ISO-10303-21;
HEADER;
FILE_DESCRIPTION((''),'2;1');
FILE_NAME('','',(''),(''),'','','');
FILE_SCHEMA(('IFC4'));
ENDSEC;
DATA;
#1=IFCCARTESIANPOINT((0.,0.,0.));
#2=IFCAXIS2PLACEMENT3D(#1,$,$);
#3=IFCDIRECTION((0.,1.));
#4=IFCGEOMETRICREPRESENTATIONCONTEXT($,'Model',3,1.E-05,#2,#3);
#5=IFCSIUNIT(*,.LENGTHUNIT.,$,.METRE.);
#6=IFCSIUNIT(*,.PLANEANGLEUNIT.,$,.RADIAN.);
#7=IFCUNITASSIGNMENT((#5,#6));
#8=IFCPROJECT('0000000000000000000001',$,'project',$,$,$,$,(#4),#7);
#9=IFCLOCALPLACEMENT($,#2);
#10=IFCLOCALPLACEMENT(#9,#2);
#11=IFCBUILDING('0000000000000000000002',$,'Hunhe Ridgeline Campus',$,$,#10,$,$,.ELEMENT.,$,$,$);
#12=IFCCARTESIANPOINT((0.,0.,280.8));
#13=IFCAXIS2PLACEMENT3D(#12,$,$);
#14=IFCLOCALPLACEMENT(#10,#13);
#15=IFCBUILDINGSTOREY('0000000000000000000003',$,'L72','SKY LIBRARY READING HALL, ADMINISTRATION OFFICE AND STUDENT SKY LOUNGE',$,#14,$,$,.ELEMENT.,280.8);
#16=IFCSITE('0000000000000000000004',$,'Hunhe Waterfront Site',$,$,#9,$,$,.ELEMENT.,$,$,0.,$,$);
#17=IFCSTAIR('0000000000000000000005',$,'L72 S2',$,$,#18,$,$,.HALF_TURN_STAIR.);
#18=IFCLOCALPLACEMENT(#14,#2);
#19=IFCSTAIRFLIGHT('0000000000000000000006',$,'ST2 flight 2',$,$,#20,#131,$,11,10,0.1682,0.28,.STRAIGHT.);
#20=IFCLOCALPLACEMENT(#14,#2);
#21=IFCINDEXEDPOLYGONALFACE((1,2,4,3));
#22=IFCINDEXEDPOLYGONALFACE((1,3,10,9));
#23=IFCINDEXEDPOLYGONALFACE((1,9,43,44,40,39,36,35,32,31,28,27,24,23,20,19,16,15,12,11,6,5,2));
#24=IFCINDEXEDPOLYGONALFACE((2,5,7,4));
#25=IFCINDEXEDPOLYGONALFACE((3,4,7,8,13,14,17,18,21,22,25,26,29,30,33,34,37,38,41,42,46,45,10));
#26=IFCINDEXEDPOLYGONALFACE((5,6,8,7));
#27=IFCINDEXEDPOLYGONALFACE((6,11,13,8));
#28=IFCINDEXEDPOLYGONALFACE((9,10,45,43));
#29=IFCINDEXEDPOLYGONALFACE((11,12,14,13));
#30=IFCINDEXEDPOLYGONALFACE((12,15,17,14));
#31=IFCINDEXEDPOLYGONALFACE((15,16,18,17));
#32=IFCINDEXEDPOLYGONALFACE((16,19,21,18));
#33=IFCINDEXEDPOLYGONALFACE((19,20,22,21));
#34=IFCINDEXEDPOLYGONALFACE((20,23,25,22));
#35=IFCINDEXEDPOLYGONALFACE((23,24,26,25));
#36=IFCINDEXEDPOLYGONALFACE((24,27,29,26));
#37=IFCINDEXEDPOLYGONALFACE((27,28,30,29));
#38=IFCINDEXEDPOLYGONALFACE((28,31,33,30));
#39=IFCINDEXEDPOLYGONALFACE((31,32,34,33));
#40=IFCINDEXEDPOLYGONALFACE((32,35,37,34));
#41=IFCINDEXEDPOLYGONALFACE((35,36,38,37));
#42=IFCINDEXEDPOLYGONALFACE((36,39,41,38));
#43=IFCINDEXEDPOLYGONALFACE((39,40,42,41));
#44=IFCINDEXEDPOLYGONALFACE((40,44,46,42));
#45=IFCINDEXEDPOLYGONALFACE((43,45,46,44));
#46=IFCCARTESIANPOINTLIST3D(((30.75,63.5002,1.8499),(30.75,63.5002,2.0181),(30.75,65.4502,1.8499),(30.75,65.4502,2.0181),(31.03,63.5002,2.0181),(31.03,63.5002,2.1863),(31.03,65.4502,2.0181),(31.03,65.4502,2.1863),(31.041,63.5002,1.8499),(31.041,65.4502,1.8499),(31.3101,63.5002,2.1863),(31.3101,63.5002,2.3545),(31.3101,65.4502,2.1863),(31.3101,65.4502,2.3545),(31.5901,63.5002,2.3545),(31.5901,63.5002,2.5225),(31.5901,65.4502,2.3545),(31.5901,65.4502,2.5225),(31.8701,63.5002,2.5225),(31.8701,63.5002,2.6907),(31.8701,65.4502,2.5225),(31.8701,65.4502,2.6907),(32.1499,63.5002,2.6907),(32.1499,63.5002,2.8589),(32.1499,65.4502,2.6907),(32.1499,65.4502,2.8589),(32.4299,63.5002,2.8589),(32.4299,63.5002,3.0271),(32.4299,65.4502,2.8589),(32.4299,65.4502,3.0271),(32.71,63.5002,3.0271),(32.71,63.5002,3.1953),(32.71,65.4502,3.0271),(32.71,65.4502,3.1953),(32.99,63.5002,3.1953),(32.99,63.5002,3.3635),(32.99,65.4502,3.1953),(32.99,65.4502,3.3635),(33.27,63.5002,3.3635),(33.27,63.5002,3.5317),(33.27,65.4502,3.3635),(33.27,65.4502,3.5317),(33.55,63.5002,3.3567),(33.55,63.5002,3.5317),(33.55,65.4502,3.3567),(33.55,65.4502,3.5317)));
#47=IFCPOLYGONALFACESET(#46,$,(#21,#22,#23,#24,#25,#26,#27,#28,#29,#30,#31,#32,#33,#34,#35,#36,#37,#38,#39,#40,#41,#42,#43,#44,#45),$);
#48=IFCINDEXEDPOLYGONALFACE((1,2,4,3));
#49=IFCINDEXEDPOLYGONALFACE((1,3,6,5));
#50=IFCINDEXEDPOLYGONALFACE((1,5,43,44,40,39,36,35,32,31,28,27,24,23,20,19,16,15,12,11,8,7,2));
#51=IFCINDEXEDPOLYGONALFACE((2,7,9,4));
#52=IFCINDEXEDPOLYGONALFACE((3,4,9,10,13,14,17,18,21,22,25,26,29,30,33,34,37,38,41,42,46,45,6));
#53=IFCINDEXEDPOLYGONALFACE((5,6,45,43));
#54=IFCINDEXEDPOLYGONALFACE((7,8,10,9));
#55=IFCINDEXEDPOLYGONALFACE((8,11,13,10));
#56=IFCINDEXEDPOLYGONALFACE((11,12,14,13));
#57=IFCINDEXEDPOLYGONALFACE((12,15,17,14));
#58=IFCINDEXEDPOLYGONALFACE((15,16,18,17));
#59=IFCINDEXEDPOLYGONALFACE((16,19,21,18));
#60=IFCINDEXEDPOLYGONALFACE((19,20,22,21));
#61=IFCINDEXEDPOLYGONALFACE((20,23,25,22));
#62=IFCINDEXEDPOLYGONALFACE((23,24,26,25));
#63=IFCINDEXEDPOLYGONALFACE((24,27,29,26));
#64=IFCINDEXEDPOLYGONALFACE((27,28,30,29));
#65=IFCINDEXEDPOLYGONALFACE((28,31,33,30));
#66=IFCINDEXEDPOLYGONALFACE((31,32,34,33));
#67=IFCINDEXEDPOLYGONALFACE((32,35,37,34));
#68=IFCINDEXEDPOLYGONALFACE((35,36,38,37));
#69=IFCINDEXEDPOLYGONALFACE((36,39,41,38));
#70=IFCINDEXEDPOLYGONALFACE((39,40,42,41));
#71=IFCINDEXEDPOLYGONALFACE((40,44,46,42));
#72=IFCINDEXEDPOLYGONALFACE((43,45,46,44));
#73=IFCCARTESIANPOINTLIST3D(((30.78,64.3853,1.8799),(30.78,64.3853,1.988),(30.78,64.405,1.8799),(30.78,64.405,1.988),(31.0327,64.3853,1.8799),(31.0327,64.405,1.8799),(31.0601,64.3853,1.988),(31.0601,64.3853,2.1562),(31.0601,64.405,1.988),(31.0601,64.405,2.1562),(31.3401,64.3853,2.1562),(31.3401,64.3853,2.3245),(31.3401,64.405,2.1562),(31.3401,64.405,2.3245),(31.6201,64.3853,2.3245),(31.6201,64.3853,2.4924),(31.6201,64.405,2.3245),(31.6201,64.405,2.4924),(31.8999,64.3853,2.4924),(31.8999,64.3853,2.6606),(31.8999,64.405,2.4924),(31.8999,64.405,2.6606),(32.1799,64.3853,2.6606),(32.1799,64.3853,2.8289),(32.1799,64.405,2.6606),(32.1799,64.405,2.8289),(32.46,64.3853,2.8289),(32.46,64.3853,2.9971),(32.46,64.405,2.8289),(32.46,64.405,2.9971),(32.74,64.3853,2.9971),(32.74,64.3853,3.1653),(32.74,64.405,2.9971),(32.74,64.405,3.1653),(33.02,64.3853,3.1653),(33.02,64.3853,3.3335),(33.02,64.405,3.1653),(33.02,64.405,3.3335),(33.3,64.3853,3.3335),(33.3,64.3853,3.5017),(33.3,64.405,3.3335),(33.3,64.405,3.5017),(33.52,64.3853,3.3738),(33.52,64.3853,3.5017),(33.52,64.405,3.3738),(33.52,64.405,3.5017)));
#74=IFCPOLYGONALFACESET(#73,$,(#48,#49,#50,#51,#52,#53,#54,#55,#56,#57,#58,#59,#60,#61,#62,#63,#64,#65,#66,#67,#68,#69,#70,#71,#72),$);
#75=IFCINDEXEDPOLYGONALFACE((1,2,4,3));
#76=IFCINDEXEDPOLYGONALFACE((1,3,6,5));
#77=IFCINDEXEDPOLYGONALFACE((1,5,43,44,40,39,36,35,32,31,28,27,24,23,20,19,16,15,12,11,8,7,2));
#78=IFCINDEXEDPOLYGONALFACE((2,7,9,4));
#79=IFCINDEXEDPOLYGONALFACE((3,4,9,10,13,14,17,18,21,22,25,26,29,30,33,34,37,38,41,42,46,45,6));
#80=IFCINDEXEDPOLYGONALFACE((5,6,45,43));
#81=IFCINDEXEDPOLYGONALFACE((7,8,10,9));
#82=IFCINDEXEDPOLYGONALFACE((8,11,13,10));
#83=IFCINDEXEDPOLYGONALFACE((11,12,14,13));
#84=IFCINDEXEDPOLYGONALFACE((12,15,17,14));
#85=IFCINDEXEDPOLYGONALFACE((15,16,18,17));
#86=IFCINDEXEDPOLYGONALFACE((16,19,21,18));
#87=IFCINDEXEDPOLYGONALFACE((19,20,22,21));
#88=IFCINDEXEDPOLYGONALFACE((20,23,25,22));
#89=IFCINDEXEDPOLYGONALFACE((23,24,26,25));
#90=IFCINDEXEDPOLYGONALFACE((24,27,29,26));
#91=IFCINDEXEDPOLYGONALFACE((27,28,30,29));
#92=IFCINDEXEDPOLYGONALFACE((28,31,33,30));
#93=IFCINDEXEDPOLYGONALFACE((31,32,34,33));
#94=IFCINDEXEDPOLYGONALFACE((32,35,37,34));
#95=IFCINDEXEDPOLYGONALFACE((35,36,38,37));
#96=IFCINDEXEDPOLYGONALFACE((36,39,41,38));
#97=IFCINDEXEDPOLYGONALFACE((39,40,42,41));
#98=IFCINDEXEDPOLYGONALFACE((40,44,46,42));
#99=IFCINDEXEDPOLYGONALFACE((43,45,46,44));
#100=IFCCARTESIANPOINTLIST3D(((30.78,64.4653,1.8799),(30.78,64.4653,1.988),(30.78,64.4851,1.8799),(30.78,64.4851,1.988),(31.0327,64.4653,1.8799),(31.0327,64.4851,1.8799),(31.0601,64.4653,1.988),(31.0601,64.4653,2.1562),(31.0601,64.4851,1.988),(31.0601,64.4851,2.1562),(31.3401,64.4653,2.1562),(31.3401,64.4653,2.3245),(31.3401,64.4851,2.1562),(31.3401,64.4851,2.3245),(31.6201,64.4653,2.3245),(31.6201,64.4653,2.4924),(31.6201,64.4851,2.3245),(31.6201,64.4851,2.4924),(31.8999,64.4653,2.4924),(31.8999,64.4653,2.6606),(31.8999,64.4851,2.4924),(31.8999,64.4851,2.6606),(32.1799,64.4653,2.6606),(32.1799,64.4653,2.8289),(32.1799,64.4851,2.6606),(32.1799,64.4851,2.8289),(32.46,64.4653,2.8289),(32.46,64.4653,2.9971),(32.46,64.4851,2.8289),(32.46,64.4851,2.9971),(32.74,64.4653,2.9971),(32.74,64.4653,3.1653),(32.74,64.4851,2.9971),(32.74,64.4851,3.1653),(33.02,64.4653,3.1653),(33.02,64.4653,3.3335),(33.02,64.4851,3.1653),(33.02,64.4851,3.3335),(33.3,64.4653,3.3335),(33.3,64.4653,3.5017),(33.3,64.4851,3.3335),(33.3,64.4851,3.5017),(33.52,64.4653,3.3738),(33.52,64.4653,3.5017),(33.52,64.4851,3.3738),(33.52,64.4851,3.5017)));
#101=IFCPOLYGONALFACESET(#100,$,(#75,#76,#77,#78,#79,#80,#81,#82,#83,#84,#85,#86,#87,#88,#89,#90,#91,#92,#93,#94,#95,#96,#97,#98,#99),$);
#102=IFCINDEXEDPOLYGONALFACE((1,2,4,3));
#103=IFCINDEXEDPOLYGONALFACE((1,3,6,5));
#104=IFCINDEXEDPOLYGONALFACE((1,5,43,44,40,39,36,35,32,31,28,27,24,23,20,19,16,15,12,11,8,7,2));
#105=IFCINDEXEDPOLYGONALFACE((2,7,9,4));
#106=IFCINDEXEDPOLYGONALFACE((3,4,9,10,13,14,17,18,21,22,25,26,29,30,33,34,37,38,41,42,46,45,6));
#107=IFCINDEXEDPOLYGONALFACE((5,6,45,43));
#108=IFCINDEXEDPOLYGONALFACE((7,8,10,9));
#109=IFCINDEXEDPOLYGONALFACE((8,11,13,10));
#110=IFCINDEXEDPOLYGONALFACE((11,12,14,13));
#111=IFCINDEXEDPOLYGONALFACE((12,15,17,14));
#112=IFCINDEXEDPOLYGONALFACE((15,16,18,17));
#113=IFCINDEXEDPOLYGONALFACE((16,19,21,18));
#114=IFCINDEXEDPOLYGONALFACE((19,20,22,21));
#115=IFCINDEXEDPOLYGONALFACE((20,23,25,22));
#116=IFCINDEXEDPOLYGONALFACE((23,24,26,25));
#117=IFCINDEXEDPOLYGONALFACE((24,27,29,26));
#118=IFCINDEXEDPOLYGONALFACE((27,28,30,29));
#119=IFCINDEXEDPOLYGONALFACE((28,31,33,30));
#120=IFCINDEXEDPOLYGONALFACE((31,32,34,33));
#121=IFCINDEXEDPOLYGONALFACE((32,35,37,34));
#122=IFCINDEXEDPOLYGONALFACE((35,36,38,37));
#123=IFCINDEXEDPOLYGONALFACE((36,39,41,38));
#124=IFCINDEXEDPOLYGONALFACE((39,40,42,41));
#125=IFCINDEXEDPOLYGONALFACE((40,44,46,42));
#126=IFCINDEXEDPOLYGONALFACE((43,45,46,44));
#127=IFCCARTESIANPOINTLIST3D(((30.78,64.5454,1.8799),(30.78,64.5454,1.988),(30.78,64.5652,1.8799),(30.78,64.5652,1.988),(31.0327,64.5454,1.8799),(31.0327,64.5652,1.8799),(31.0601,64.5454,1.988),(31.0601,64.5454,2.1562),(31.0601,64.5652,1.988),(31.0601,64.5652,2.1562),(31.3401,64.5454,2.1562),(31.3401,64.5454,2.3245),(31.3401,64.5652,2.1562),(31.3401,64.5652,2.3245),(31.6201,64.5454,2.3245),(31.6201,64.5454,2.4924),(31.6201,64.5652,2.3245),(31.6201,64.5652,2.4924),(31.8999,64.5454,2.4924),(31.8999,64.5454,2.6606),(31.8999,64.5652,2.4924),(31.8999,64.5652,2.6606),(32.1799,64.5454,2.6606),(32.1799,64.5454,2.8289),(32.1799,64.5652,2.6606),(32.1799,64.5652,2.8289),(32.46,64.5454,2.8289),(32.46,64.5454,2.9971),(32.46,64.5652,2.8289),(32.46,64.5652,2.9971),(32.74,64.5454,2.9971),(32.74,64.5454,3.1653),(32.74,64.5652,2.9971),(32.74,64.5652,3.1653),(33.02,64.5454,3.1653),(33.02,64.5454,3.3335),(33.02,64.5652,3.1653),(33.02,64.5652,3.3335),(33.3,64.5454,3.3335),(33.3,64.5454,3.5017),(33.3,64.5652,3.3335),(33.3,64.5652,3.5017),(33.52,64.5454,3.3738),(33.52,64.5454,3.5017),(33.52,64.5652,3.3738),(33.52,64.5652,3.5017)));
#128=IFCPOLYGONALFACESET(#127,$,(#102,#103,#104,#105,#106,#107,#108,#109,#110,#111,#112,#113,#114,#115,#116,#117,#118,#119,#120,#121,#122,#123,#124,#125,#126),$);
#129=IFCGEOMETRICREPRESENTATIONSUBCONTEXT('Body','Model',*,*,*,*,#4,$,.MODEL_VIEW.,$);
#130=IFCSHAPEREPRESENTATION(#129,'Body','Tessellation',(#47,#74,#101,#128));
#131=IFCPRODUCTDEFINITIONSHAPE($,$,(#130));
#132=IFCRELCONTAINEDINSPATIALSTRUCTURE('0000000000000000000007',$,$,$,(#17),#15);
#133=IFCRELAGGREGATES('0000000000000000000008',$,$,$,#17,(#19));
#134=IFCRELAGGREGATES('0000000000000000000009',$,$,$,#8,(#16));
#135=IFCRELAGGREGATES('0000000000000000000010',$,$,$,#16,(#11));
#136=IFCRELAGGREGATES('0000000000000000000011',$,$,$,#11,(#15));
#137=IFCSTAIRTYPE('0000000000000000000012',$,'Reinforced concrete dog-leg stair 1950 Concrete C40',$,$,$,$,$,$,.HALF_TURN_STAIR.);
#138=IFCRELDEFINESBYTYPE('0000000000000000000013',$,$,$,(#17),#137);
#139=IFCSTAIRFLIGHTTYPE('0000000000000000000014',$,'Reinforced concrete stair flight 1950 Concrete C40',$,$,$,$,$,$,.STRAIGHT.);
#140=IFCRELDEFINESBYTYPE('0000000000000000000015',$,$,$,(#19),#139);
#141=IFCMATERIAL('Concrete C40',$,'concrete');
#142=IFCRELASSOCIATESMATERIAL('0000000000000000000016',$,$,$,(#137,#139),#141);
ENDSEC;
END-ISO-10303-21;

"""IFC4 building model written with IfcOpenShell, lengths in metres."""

from ifc_helpers import new_model, si_unit, direction, frame, origin, place, context, subcontext, project, spatial, polyline, outline, extrude, material, type_object, element, aggregate, save


model = new_model("IFC4")

# Units and contexts
model_context = context("Model", 3, precision=1e-05, world=origin(), true_north=direction((0.0, 1.0)))
body_context = subcontext(model_context, "Body", "Model", "MODEL_VIEW")
ifc_project = project(units=[si_unit("LENGTHUNIT", "METRE"), si_unit("PLANEANGLEUNIT", "RADIAN")], contexts=[model_context])

# Site, building, storey
site_placement = place(None, origin())
site = spatial("IfcSite", under=ifc_project, at=site_placement, Name="Hunhe Waterfront Site", CompositionType="ELEMENT", RefElevation=0.0)
building_placement = place(site_placement, origin())
building = spatial("IfcBuilding", under=site, at=building_placement, Name="Hunhe Ridgeline Campus", CompositionType="ELEMENT")
storey_placement = place(building_placement, frame((0.0, 0.0, 280.8)))
storey = spatial("IfcBuildingStorey", under=building, at=storey_placement, Name="L72", Description="SKY LIBRARY READING HALL, ADMINISTRATION OFFICE AND STUDENT SKY LOUNGE", CompositionType="ELEMENT", Elevation=280.8)

# Stair, stair flight
ifc_material_1 = material(Name="Concrete C40", Category="concrete")
stair_type = type_object("IfcStairType", Name="Reinforced concrete dog-leg stair 1950 Concrete C40", PredefinedType="HALF_TURN_STAIR", material=ifc_material_1)
stair_placement = place(storey_placement, origin())
stair = element("IfcStair", 1, at=stair_placement, inside=storey, type_object=stair_type, Name="L72 S2", PredefinedType="HALF_TURN_STAIR")
stair_flight_type = type_object("IfcStairFlightType", Name="Reinforced concrete stair flight 1950 Concrete C40", PredefinedType="STRAIGHT", material=ifc_material_1)
stair_flight_placement = place(storey_placement, frame((30.75, 64.4751, 1.8499), z_axis=(0.0, 0.0, 1.0), x_axis=(1.0, 0.0, 0.0)))
stair_flight = element("IfcStairFlight", 2, at=stair_flight_placement, type_object=stair_flight_type, Name="ST2 flight 2", NumberOfRisers=11, NumberOfTreads=10, PredefinedType="STRAIGHT", RiserHeight=0.1682, TreadLength=0.28, context=body_context, shape_type="SweptSolid", body=[
    extrude(outline(polyline([(0.0, 0.0), (0.0, 0.1682), (0.28, 0.1682), (0.28, 0.3364), (0.5601, 0.3364), (0.5601, 0.5046), (0.8401, 0.5046), (0.8401, 0.6726), (1.1201, 0.6726), (1.1201, 0.8408), (1.3999, 0.8408), (1.3999, 1.009), (1.6799, 1.009), (1.6799, 1.1772), (1.96, 1.1772), (1.96, 1.3455), (2.24, 1.3455), (2.24, 1.5137), (2.52, 1.5137), (2.52, 1.6819), (2.8, 1.6819), (2.8, 1.8501), (2.8, 1.5068), (0.291, 0.0), (0.0, 0.0)])), frame((0.0, 0.9751, 0.0), z_axis=(0.0, -1.0, 0.0), x_axis=(1.0, 0.0, 0.0)), (0.0, 0.0, 1.0), 1.95),
    extrude(outline(polyline([(0.03, 0.03), (0.03, 0.1382), (0.3101, 0.1382), (0.3101, 0.3064), (0.5901, 0.3064), (0.5901, 0.4746), (0.8701, 0.4746), (0.8701, 0.6426), (1.1499, 0.6426), (1.1499, 0.8108), (1.4299, 0.8108), (1.4299, 0.979), (1.71, 0.979), (1.71, 1.1472), (1.99, 1.1472), (1.99, 1.3154), (2.27, 1.3154), (2.27, 1.4836), (2.55, 1.4836), (2.55, 1.6519), (2.77, 1.6519), (2.77, 1.5239), (0.2827, 0.03), (0.03, 0.03)])), frame((0.0, -0.0701, 0.0), z_axis=(0.0, -1.0, 0.0), x_axis=(1.0, 0.0, 0.0)), (0.0, 0.0, 1.0), 0.0198),
    extrude(outline(polyline([(0.03, 0.03), (0.03, 0.1382), (0.3101, 0.1382), (0.3101, 0.3064), (0.5901, 0.3064), (0.5901, 0.4746), (0.8701, 0.4746), (0.8701, 0.6426), (1.1499, 0.6426), (1.1499, 0.8108), (1.4299, 0.8108), (1.4299, 0.979), (1.71, 0.979), (1.71, 1.1472), (1.99, 1.1472), (1.99, 1.3154), (2.27, 1.3154), (2.27, 1.4836), (2.55, 1.4836), (2.55, 1.6519), (2.77, 1.6519), (2.77, 1.5239), (0.2827, 0.03), (0.03, 0.03)])), frame((0.0, 0.01, 0.0), z_axis=(0.0, -1.0, 0.0), x_axis=(1.0, 0.0, 0.0)), (0.0, 0.0, 1.0), 0.0198),
    extrude(outline(polyline([(0.03, 0.03), (0.03, 0.1382), (0.3101, 0.1382), (0.3101, 0.3064), (0.5901, 0.3064), (0.5901, 0.4746), (0.8701, 0.4746), (0.8701, 0.6426), (1.1499, 0.6426), (1.1499, 0.8108), (1.4299, 0.8108), (1.4299, 0.979), (1.71, 0.979), (1.71, 1.1472), (1.99, 1.1472), (1.99, 1.3154), (2.27, 1.3154), (2.27, 1.4836), (2.55, 1.4836), (2.55, 1.6519), (2.77, 1.6519), (2.77, 1.5239), (0.2827, 0.03), (0.03, 0.03)])), frame((0.0, 0.0901, 0.0), z_axis=(0.0, -1.0, 0.0), x_axis=(1.0, 0.0, 0.0)), (0.0, 0.0, 1.0), 0.0198),
])
aggregate(stair, [stair_flight])

save(model, "model.ifc")
